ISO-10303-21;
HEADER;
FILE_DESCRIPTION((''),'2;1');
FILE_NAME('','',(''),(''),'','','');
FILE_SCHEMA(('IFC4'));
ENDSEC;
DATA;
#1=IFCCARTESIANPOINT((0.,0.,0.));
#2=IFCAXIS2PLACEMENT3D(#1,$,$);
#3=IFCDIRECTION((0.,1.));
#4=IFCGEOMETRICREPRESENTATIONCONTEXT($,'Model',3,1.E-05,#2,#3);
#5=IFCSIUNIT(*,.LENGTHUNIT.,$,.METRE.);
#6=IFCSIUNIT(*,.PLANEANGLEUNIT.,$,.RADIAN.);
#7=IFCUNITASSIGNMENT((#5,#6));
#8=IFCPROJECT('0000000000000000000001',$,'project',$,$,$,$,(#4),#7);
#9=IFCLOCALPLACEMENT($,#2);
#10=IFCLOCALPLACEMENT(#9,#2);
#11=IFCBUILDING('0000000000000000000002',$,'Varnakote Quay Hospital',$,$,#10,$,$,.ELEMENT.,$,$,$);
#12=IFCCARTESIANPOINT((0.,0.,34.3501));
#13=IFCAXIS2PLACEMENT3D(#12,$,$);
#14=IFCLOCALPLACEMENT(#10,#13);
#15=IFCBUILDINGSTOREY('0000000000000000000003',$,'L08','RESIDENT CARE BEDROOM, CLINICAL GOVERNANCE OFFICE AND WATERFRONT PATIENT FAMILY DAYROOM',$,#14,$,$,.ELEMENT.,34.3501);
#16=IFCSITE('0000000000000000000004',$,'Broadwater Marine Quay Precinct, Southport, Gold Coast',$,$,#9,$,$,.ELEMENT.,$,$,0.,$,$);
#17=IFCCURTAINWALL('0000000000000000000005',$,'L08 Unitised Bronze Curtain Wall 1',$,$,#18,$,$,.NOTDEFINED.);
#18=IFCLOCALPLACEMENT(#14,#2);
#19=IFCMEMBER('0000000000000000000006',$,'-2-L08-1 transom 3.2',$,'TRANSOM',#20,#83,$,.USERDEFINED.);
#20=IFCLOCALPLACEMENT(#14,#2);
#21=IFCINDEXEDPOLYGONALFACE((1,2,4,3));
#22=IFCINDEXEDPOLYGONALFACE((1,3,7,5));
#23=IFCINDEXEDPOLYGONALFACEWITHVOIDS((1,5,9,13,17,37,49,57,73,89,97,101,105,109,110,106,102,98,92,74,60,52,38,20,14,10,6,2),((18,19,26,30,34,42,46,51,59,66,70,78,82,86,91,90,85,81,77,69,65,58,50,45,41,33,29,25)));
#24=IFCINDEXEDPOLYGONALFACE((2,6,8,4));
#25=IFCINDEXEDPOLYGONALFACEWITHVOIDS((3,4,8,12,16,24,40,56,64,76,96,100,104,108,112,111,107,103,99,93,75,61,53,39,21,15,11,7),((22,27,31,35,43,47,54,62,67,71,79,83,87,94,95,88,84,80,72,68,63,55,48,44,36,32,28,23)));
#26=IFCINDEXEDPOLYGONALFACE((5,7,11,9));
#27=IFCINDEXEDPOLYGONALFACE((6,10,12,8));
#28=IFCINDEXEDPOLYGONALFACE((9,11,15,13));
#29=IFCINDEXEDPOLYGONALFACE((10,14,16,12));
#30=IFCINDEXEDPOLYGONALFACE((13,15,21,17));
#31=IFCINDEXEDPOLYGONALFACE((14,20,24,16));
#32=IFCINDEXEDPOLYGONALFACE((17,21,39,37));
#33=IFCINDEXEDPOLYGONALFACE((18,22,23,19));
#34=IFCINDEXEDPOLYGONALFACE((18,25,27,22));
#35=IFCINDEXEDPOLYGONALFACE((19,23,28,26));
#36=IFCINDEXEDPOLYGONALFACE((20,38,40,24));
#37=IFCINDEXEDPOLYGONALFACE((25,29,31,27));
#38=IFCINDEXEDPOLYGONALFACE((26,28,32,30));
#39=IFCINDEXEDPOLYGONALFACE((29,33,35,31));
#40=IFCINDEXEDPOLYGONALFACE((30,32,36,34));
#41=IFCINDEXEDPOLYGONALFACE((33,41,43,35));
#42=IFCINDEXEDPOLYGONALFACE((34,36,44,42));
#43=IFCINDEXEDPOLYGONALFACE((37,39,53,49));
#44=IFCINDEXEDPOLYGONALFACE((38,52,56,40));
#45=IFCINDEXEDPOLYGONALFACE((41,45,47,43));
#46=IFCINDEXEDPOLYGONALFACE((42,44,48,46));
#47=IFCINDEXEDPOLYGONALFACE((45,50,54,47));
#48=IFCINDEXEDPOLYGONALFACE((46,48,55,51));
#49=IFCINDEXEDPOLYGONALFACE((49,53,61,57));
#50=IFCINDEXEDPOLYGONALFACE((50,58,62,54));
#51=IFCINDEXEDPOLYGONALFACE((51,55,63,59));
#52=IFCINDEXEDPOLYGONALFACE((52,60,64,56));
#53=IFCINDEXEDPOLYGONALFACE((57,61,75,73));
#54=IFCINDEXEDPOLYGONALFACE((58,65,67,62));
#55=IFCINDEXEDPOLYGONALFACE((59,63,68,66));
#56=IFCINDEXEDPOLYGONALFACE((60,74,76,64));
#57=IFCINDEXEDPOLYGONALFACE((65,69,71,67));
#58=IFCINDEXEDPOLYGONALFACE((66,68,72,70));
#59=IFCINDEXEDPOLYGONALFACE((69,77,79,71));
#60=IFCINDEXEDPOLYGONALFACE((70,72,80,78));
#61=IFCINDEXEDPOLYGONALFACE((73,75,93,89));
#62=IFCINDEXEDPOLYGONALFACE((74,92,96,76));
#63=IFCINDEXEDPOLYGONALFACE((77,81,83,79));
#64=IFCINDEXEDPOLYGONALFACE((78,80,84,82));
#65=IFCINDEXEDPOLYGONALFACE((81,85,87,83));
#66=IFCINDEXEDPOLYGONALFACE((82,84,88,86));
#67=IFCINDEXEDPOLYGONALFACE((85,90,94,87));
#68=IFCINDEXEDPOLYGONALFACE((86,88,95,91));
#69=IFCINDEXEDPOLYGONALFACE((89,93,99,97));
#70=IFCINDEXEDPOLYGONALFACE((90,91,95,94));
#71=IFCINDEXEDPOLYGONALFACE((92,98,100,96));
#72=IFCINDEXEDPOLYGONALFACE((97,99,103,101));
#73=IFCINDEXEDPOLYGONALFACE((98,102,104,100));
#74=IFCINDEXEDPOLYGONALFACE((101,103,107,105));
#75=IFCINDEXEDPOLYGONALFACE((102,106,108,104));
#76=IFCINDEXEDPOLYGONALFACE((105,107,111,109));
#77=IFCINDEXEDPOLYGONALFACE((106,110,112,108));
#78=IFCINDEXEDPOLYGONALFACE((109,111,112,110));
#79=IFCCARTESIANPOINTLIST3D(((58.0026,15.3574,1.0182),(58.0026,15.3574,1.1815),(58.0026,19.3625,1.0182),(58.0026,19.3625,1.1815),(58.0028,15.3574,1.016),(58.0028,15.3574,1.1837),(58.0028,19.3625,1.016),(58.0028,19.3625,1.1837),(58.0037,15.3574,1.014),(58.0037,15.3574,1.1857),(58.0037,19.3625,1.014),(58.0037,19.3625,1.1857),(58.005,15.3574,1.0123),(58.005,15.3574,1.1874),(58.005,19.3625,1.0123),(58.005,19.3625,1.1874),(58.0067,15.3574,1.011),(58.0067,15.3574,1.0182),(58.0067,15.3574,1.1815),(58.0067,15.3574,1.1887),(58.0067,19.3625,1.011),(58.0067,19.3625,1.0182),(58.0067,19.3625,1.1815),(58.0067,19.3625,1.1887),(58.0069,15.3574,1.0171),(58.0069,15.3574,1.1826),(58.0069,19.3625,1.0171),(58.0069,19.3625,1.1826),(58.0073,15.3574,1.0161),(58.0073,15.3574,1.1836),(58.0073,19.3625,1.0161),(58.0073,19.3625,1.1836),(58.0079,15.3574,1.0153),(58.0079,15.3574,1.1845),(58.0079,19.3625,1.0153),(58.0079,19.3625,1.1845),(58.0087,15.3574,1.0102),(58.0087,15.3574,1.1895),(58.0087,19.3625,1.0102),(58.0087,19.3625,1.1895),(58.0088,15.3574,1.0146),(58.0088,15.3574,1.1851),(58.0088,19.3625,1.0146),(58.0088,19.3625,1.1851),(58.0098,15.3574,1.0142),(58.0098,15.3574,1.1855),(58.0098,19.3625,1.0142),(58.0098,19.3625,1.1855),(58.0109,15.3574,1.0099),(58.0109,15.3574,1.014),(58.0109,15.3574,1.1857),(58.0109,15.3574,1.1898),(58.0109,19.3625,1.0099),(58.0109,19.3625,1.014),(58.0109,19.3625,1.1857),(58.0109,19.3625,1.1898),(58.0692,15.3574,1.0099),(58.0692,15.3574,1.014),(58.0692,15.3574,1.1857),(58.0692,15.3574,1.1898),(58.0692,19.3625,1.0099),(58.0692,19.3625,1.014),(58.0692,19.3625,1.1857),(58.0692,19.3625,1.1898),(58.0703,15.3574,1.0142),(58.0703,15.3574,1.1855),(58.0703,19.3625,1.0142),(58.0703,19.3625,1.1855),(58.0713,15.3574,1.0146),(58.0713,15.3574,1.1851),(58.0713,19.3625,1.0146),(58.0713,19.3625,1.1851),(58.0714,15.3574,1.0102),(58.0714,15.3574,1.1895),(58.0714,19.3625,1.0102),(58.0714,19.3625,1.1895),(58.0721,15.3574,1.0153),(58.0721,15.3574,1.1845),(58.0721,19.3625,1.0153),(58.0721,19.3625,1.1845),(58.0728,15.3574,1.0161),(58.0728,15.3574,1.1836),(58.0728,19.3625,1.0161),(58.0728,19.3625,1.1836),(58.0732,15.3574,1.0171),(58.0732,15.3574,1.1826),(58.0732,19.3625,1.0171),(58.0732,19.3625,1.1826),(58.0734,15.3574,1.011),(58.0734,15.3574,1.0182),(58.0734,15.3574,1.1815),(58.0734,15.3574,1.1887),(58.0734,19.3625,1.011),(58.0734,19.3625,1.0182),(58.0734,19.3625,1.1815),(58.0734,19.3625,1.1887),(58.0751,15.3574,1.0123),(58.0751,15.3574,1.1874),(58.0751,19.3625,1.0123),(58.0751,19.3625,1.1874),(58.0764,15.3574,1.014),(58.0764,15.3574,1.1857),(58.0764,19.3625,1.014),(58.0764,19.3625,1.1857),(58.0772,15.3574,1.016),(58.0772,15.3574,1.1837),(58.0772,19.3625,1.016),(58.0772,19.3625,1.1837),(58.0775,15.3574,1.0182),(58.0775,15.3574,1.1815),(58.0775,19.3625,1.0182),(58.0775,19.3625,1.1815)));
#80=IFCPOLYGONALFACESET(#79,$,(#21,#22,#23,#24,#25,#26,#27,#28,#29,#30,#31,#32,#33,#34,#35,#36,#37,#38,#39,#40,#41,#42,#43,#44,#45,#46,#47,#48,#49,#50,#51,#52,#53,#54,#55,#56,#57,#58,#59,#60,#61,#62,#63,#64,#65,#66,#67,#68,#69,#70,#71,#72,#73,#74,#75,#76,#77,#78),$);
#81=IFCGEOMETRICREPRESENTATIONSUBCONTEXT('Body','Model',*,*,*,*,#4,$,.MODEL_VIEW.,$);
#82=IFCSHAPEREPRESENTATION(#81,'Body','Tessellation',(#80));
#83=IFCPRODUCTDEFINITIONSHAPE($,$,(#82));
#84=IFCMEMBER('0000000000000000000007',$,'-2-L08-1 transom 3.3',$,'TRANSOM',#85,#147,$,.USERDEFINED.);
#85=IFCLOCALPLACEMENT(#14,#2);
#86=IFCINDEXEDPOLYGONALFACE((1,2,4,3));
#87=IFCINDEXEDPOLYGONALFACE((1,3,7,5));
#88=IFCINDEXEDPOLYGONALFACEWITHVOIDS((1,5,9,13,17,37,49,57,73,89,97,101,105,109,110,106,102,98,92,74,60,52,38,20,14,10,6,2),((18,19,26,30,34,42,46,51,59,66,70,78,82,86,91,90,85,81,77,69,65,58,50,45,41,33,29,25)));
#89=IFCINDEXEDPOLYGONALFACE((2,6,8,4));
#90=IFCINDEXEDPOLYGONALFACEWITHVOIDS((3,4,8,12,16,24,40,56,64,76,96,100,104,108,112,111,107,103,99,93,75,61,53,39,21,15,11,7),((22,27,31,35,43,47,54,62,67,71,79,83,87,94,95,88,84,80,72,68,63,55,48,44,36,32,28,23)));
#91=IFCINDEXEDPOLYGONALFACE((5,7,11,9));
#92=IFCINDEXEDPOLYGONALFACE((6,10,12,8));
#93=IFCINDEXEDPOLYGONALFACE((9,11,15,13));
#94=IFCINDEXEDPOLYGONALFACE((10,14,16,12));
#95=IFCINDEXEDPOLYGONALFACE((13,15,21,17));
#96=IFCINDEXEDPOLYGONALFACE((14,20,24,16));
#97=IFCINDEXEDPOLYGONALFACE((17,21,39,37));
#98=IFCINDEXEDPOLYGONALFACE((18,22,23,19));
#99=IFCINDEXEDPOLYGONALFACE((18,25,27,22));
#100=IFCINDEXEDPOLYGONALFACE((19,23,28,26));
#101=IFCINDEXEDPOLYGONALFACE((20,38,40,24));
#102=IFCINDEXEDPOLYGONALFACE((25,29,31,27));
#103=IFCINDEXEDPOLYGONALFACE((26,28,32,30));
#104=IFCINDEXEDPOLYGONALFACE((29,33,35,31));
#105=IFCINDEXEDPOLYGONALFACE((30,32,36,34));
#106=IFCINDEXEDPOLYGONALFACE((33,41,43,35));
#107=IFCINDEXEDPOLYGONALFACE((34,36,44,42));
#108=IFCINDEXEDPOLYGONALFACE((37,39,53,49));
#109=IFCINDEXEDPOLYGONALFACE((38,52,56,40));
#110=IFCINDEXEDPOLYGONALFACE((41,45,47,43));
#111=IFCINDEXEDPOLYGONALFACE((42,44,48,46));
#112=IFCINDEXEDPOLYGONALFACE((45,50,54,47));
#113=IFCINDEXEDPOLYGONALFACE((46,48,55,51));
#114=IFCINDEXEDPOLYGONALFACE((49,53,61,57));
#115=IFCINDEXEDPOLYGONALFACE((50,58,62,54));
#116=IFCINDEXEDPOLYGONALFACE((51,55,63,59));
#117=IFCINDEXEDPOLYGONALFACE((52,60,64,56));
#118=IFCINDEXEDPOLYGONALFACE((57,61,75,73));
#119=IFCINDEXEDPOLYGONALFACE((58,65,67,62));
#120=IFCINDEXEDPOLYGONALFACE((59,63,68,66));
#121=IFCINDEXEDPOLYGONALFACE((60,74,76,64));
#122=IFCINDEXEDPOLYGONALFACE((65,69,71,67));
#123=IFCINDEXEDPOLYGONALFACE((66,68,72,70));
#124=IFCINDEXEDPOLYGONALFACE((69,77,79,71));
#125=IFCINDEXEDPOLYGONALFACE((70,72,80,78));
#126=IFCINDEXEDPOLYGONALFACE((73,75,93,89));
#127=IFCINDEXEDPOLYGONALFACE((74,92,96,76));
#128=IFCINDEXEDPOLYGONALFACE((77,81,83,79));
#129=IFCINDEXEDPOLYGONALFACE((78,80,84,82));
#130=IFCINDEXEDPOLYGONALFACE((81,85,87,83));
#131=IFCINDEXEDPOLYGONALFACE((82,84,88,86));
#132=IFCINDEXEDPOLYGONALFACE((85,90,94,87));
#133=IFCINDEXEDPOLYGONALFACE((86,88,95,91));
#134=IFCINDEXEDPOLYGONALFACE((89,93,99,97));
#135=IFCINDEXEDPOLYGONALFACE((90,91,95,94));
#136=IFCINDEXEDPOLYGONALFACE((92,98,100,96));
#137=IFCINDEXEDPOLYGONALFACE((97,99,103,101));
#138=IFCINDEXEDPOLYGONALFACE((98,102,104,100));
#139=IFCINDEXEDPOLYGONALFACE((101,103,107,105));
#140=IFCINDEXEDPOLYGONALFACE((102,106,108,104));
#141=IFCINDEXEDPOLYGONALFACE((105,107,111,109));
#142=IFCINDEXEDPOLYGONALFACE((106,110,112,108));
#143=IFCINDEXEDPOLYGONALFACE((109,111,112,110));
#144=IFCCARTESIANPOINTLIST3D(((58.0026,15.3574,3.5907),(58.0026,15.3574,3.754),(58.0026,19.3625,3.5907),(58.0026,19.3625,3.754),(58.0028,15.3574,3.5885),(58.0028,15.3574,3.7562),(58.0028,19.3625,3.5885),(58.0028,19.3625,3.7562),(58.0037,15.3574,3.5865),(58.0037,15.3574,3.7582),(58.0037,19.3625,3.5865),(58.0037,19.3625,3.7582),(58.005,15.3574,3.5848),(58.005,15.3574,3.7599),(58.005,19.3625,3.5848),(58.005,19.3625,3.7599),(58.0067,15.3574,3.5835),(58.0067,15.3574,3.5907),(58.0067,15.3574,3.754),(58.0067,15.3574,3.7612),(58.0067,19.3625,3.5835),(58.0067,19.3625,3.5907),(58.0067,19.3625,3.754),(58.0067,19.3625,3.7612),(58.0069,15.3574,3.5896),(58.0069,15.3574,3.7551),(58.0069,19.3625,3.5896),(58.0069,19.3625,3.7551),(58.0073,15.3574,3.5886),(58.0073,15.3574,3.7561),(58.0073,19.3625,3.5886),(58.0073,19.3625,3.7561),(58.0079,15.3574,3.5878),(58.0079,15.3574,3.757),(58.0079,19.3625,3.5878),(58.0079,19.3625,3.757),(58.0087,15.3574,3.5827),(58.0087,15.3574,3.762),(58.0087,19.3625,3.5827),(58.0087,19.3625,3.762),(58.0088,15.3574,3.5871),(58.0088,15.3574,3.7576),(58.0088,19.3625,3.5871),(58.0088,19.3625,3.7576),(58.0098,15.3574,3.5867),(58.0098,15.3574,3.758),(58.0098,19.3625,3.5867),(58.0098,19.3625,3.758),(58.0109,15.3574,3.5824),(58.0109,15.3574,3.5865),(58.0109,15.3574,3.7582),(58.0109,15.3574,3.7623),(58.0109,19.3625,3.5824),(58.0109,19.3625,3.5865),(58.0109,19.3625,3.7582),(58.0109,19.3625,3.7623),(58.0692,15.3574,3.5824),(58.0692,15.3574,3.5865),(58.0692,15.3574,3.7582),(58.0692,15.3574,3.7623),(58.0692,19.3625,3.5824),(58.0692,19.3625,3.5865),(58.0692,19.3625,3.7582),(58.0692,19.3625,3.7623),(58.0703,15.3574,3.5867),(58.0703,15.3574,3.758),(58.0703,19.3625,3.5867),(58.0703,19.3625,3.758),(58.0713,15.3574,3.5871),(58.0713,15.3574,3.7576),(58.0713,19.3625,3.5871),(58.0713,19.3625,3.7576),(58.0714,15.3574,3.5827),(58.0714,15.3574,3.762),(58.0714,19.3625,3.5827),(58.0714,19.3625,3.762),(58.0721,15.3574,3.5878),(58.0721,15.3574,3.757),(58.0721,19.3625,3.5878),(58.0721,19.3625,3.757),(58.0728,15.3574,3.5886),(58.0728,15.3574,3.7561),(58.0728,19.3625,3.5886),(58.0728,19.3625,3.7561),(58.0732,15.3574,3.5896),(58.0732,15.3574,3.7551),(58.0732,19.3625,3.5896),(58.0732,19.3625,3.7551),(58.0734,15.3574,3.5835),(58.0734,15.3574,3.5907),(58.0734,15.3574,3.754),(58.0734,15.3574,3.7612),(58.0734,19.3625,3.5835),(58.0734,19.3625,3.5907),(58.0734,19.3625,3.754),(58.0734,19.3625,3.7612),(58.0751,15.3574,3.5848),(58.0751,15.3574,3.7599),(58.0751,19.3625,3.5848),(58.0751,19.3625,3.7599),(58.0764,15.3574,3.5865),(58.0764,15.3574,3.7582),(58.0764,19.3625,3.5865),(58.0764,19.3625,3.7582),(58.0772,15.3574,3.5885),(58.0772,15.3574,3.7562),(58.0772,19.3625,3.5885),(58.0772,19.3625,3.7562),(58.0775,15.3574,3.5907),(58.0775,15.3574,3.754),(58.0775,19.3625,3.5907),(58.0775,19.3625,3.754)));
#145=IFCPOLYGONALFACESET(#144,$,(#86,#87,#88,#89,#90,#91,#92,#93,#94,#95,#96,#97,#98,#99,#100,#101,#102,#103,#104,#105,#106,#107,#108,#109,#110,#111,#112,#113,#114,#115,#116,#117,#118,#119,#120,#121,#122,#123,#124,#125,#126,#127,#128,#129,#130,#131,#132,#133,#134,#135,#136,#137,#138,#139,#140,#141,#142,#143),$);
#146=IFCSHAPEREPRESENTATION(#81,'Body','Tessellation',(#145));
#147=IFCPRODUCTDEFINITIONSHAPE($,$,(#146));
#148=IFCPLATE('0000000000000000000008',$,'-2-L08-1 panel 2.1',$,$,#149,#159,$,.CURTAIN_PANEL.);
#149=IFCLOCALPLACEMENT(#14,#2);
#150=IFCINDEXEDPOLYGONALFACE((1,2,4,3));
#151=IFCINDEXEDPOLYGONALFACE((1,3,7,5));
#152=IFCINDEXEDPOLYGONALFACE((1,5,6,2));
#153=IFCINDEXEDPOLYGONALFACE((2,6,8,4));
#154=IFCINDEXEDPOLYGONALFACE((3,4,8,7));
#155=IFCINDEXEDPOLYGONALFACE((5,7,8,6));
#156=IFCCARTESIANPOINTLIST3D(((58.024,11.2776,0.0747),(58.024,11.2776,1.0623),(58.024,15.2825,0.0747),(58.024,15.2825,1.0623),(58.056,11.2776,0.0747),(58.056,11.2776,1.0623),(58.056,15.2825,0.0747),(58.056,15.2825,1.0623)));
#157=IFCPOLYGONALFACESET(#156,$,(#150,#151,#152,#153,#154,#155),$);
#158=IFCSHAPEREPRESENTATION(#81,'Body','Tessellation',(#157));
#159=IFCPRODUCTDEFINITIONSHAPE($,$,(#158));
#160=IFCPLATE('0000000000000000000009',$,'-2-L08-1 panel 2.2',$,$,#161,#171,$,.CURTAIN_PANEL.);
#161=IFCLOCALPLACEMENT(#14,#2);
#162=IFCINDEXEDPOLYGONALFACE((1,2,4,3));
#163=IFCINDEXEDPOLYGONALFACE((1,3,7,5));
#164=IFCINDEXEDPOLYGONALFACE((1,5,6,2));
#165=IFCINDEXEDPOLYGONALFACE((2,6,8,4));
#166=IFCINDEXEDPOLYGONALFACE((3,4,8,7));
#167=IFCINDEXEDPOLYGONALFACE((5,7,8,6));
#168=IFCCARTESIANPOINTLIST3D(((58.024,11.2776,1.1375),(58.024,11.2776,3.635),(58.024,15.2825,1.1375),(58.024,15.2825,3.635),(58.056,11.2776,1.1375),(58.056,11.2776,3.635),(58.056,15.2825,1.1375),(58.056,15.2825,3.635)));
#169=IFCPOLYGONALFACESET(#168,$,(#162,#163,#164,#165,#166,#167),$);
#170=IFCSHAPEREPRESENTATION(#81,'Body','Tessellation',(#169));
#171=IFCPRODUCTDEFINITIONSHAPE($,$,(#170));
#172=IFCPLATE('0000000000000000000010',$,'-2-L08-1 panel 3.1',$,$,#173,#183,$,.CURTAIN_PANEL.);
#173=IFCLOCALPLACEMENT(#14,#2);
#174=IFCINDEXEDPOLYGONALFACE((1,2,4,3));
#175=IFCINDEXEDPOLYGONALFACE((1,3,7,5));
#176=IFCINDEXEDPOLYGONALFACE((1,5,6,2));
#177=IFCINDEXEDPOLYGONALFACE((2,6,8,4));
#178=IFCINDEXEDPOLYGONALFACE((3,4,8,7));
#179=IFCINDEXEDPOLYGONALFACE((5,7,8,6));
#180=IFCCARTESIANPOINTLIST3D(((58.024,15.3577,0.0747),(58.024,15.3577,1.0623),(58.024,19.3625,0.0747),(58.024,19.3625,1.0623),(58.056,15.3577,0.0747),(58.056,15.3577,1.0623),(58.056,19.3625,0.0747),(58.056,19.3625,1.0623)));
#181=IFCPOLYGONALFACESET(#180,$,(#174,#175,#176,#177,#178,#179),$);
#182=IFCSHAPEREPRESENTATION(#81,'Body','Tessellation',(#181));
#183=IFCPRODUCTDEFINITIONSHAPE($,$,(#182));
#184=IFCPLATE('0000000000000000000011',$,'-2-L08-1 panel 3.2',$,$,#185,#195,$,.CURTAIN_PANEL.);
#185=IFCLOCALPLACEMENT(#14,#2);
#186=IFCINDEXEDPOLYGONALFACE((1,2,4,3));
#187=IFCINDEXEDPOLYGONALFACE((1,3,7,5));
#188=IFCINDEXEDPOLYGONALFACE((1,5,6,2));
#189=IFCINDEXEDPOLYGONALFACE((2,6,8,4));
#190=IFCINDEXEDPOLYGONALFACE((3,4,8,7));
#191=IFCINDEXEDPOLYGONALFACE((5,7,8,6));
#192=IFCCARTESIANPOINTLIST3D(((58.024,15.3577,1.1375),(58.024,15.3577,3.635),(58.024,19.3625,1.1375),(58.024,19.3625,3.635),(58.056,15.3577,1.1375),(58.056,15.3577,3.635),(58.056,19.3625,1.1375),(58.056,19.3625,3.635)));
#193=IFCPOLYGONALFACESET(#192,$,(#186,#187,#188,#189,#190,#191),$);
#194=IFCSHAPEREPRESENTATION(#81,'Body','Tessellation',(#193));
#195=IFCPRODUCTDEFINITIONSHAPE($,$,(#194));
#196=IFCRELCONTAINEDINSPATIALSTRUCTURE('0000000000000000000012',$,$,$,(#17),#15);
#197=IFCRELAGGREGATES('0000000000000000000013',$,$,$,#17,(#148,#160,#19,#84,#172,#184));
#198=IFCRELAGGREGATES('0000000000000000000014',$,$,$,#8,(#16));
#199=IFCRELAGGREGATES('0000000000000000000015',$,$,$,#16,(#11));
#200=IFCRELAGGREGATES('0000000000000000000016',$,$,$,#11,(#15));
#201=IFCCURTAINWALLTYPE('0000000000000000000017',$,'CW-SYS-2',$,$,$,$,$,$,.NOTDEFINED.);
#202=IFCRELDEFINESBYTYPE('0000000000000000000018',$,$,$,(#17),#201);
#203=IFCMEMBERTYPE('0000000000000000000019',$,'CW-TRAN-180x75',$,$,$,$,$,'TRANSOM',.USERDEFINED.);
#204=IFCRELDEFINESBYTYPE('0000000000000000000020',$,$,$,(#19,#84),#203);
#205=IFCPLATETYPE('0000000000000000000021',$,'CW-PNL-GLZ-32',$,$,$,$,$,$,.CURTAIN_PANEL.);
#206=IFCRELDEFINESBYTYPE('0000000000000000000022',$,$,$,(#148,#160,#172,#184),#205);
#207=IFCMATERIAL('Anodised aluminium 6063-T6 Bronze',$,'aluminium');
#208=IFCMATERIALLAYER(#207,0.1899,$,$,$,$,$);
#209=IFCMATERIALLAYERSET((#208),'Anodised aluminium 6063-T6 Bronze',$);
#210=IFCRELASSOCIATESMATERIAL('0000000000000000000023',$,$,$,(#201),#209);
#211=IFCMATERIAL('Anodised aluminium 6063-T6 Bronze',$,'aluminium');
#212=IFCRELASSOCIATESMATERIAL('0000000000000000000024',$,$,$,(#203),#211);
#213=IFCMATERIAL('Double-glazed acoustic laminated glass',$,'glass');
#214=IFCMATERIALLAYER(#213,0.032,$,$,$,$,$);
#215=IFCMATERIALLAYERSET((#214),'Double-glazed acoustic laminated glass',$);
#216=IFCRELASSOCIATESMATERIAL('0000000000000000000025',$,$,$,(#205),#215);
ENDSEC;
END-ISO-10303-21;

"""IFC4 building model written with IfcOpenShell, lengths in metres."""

from ifc_helpers import new_model, si_unit, direction, frame, origin, origin_2d, place, context, subcontext, project, spatial, rectangle, hollow_rectangle, extrude, material, layer, layer_set, material_profile, profile_set, type_object, element, aggregate, save


model = new_model("IFC4")

# Units and contexts
model_context = context("Model", 3, precision=1e-05, world=origin(), true_north=direction((0.0, 1.0)))
body_context = subcontext(model_context, "Body", "Model", "MODEL_VIEW")
ifc_project = project(units=[si_unit("LENGTHUNIT", "METRE"), si_unit("PLANEANGLEUNIT", "RADIAN")], contexts=[model_context])

# Site, building, storey
site_placement = place(None, origin())
site = spatial("IfcSite", under=ifc_project, at=site_placement, Name="Broadwater Marine Quay Precinct, Southport, Gold Coast", CompositionType="ELEMENT", RefElevation=0.0)
building_placement = place(site_placement, origin())
building = spatial("IfcBuilding", under=site, at=building_placement, Name="Varnakote Quay Hospital", CompositionType="ELEMENT")
storey_placement = place(building_placement, frame((0.0, 0.0, 34.3501)))
storey = spatial("IfcBuildingStorey", under=building, at=storey_placement, Name="L08", Description="RESIDENT CARE BEDROOM, CLINICAL GOVERNANCE OFFICE AND WATERFRONT PATIENT FAMILY DAYROOM", CompositionType="ELEMENT", Elevation=34.3501)

# Curtain wall, members, plates
ifc_material_1 = material(Name="Anodised aluminium 6063-T6 Bronze", Category="aluminium")
ifc_layer_1 = layer(ifc_material_1, 0.1899)
ifc_layer_set_1 = layer_set([ifc_layer_1], Name="Anodised aluminium 6063-T6 Bronze")
curtain_wall_type = type_object("IfcCurtainWallType", Name="CW-SYS-2", PredefinedType="NOTDEFINED", material=ifc_layer_set_1)
curtain_wall_placement = place(storey_placement, origin())
curtain_wall = element("IfcCurtainWall", 1, at=curtain_wall_placement, inside=storey, type_object=curtain_wall_type, Name="L08 Unitised Bronze Curtain Wall 1", PredefinedType="NOTDEFINED")
ifc_material_2 = material(Name="Anodised aluminium 6063-T6 Bronze", Category="aluminium")
ifc_material_profile_1 = material_profile(ifc_material_2, hollow_rectangle(XDim=0.075, YDim=0.1799, WallThickness=0.0042, InnerFilletRadius=0.0042, OuterFilletRadius=0.0083, at=origin_2d()), Name="CW-TRAN-180x75")
ifc_profile_set_1 = profile_set([ifc_material_profile_1], Name="Anodised aluminium 6063-T6 Bronze")
member_type_1 = type_object("IfcMemberType", Name="CW-TRAN-180x75", ElementType="TRANSOM", PredefinedType="USERDEFINED", material=ifc_profile_set_1)
member_1_placement = place(storey_placement, frame((58.04, 15.3574, 1.0999), z_axis=(0.0, 1.0, 0.0), x_axis=(-1.0, 0.0, 0.0)))
member_1 = element("IfcMember", 2, at=member_1_placement, type_object=member_type_1, Name="-2-L08-1 transom 3.2", ObjectType="TRANSOM", PredefinedType="USERDEFINED", context=body_context, shape_type="SweptSolid", body=[
    extrude(hollow_rectangle(XDim=0.075, YDim=0.1799, WallThickness=0.0042, InnerFilletRadius=0.0042, OuterFilletRadius=0.0083, at=origin_2d()), origin(), (0.0, 0.0, 1.0), 4.0051),
])
member_2_placement = place(storey_placement, frame((58.04, 15.3574, 3.6724), z_axis=(0.0, 1.0, 0.0), x_axis=(-1.0, 0.0, 0.0)))
member_2 = element("IfcMember", 3, at=member_2_placement, type_object=member_type_1, Name="-2-L08-1 transom 3.3", ObjectType="TRANSOM", PredefinedType="USERDEFINED", context=body_context, shape_type="SweptSolid", body=[
    extrude(hollow_rectangle(XDim=0.075, YDim=0.1799, WallThickness=0.0042, InnerFilletRadius=0.0042, OuterFilletRadius=0.0083, at=origin_2d()), origin(), (0.0, 0.0, 1.0), 4.0051),
])
ifc_material_3 = material(Name="Double-glazed acoustic laminated glass", Category="glass")
ifc_layer_2 = layer(ifc_material_3, 0.032)
ifc_layer_set_2 = layer_set([ifc_layer_2], Name="Double-glazed acoustic laminated glass")
plate_type = type_object("IfcPlateType", Name="CW-PNL-GLZ-32", PredefinedType="CURTAIN_PANEL", material=ifc_layer_set_2)
plate_1_placement = place(storey_placement, frame((58.04, 13.28, 0.0747), z_axis=(0.0, 0.0, 1.0), x_axis=(0.0, 1.0, 0.0)))
plate_1 = element("IfcPlate", 4, at=plate_1_placement, type_object=plate_type, Name="-2-L08-1 panel 2.1", PredefinedType="CURTAIN_PANEL", context=body_context, shape_type="SweptSolid", body=[
    extrude(rectangle(XDim=4.0049, YDim=0.032, at=origin_2d()), origin(), (0.0, 0.0, 1.0), 0.9875),
])
plate_2_placement = place(storey_placement, frame((58.04, 13.28, 1.1375), z_axis=(0.0, 0.0, 1.0), x_axis=(0.0, 1.0, 0.0)))
plate_2 = element("IfcPlate", 5, at=plate_2_placement, type_object=plate_type, Name="-2-L08-1 panel 2.2", PredefinedType="CURTAIN_PANEL", context=body_context, shape_type="SweptSolid", body=[
    extrude(rectangle(XDim=4.0049, YDim=0.032, at=origin_2d()), origin(), (0.0, 0.0, 1.0), 2.4976),
])
plate_3_placement = place(storey_placement, frame((58.04, 17.3601, 0.0747), z_axis=(0.0, 0.0, 1.0), x_axis=(0.0, 1.0, 0.0)))
plate_3 = element("IfcPlate", 6, at=plate_3_placement, type_object=plate_type, Name="-2-L08-1 panel 3.1", PredefinedType="CURTAIN_PANEL", context=body_context, shape_type="SweptSolid", body=[
    extrude(rectangle(XDim=4.0049, YDim=0.032, at=origin_2d()), origin(), (0.0, 0.0, 1.0), 0.9875),
])
plate_4_placement = place(storey_placement, frame((58.04, 17.3601, 1.1375), z_axis=(0.0, 0.0, 1.0), x_axis=(0.0, 1.0, 0.0)))
plate_4 = element("IfcPlate", 7, at=plate_4_placement, type_object=plate_type, Name="-2-L08-1 panel 3.2", PredefinedType="CURTAIN_PANEL", context=body_context, shape_type="SweptSolid", body=[
    extrude(rectangle(XDim=4.0049, YDim=0.032, at=origin_2d()), origin(), (0.0, 0.0, 1.0), 2.4976),
])
aggregate(curtain_wall, [plate_1, plate_2, member_1, member_2, plate_3, plate_4])

save(model, "model.ifc")
